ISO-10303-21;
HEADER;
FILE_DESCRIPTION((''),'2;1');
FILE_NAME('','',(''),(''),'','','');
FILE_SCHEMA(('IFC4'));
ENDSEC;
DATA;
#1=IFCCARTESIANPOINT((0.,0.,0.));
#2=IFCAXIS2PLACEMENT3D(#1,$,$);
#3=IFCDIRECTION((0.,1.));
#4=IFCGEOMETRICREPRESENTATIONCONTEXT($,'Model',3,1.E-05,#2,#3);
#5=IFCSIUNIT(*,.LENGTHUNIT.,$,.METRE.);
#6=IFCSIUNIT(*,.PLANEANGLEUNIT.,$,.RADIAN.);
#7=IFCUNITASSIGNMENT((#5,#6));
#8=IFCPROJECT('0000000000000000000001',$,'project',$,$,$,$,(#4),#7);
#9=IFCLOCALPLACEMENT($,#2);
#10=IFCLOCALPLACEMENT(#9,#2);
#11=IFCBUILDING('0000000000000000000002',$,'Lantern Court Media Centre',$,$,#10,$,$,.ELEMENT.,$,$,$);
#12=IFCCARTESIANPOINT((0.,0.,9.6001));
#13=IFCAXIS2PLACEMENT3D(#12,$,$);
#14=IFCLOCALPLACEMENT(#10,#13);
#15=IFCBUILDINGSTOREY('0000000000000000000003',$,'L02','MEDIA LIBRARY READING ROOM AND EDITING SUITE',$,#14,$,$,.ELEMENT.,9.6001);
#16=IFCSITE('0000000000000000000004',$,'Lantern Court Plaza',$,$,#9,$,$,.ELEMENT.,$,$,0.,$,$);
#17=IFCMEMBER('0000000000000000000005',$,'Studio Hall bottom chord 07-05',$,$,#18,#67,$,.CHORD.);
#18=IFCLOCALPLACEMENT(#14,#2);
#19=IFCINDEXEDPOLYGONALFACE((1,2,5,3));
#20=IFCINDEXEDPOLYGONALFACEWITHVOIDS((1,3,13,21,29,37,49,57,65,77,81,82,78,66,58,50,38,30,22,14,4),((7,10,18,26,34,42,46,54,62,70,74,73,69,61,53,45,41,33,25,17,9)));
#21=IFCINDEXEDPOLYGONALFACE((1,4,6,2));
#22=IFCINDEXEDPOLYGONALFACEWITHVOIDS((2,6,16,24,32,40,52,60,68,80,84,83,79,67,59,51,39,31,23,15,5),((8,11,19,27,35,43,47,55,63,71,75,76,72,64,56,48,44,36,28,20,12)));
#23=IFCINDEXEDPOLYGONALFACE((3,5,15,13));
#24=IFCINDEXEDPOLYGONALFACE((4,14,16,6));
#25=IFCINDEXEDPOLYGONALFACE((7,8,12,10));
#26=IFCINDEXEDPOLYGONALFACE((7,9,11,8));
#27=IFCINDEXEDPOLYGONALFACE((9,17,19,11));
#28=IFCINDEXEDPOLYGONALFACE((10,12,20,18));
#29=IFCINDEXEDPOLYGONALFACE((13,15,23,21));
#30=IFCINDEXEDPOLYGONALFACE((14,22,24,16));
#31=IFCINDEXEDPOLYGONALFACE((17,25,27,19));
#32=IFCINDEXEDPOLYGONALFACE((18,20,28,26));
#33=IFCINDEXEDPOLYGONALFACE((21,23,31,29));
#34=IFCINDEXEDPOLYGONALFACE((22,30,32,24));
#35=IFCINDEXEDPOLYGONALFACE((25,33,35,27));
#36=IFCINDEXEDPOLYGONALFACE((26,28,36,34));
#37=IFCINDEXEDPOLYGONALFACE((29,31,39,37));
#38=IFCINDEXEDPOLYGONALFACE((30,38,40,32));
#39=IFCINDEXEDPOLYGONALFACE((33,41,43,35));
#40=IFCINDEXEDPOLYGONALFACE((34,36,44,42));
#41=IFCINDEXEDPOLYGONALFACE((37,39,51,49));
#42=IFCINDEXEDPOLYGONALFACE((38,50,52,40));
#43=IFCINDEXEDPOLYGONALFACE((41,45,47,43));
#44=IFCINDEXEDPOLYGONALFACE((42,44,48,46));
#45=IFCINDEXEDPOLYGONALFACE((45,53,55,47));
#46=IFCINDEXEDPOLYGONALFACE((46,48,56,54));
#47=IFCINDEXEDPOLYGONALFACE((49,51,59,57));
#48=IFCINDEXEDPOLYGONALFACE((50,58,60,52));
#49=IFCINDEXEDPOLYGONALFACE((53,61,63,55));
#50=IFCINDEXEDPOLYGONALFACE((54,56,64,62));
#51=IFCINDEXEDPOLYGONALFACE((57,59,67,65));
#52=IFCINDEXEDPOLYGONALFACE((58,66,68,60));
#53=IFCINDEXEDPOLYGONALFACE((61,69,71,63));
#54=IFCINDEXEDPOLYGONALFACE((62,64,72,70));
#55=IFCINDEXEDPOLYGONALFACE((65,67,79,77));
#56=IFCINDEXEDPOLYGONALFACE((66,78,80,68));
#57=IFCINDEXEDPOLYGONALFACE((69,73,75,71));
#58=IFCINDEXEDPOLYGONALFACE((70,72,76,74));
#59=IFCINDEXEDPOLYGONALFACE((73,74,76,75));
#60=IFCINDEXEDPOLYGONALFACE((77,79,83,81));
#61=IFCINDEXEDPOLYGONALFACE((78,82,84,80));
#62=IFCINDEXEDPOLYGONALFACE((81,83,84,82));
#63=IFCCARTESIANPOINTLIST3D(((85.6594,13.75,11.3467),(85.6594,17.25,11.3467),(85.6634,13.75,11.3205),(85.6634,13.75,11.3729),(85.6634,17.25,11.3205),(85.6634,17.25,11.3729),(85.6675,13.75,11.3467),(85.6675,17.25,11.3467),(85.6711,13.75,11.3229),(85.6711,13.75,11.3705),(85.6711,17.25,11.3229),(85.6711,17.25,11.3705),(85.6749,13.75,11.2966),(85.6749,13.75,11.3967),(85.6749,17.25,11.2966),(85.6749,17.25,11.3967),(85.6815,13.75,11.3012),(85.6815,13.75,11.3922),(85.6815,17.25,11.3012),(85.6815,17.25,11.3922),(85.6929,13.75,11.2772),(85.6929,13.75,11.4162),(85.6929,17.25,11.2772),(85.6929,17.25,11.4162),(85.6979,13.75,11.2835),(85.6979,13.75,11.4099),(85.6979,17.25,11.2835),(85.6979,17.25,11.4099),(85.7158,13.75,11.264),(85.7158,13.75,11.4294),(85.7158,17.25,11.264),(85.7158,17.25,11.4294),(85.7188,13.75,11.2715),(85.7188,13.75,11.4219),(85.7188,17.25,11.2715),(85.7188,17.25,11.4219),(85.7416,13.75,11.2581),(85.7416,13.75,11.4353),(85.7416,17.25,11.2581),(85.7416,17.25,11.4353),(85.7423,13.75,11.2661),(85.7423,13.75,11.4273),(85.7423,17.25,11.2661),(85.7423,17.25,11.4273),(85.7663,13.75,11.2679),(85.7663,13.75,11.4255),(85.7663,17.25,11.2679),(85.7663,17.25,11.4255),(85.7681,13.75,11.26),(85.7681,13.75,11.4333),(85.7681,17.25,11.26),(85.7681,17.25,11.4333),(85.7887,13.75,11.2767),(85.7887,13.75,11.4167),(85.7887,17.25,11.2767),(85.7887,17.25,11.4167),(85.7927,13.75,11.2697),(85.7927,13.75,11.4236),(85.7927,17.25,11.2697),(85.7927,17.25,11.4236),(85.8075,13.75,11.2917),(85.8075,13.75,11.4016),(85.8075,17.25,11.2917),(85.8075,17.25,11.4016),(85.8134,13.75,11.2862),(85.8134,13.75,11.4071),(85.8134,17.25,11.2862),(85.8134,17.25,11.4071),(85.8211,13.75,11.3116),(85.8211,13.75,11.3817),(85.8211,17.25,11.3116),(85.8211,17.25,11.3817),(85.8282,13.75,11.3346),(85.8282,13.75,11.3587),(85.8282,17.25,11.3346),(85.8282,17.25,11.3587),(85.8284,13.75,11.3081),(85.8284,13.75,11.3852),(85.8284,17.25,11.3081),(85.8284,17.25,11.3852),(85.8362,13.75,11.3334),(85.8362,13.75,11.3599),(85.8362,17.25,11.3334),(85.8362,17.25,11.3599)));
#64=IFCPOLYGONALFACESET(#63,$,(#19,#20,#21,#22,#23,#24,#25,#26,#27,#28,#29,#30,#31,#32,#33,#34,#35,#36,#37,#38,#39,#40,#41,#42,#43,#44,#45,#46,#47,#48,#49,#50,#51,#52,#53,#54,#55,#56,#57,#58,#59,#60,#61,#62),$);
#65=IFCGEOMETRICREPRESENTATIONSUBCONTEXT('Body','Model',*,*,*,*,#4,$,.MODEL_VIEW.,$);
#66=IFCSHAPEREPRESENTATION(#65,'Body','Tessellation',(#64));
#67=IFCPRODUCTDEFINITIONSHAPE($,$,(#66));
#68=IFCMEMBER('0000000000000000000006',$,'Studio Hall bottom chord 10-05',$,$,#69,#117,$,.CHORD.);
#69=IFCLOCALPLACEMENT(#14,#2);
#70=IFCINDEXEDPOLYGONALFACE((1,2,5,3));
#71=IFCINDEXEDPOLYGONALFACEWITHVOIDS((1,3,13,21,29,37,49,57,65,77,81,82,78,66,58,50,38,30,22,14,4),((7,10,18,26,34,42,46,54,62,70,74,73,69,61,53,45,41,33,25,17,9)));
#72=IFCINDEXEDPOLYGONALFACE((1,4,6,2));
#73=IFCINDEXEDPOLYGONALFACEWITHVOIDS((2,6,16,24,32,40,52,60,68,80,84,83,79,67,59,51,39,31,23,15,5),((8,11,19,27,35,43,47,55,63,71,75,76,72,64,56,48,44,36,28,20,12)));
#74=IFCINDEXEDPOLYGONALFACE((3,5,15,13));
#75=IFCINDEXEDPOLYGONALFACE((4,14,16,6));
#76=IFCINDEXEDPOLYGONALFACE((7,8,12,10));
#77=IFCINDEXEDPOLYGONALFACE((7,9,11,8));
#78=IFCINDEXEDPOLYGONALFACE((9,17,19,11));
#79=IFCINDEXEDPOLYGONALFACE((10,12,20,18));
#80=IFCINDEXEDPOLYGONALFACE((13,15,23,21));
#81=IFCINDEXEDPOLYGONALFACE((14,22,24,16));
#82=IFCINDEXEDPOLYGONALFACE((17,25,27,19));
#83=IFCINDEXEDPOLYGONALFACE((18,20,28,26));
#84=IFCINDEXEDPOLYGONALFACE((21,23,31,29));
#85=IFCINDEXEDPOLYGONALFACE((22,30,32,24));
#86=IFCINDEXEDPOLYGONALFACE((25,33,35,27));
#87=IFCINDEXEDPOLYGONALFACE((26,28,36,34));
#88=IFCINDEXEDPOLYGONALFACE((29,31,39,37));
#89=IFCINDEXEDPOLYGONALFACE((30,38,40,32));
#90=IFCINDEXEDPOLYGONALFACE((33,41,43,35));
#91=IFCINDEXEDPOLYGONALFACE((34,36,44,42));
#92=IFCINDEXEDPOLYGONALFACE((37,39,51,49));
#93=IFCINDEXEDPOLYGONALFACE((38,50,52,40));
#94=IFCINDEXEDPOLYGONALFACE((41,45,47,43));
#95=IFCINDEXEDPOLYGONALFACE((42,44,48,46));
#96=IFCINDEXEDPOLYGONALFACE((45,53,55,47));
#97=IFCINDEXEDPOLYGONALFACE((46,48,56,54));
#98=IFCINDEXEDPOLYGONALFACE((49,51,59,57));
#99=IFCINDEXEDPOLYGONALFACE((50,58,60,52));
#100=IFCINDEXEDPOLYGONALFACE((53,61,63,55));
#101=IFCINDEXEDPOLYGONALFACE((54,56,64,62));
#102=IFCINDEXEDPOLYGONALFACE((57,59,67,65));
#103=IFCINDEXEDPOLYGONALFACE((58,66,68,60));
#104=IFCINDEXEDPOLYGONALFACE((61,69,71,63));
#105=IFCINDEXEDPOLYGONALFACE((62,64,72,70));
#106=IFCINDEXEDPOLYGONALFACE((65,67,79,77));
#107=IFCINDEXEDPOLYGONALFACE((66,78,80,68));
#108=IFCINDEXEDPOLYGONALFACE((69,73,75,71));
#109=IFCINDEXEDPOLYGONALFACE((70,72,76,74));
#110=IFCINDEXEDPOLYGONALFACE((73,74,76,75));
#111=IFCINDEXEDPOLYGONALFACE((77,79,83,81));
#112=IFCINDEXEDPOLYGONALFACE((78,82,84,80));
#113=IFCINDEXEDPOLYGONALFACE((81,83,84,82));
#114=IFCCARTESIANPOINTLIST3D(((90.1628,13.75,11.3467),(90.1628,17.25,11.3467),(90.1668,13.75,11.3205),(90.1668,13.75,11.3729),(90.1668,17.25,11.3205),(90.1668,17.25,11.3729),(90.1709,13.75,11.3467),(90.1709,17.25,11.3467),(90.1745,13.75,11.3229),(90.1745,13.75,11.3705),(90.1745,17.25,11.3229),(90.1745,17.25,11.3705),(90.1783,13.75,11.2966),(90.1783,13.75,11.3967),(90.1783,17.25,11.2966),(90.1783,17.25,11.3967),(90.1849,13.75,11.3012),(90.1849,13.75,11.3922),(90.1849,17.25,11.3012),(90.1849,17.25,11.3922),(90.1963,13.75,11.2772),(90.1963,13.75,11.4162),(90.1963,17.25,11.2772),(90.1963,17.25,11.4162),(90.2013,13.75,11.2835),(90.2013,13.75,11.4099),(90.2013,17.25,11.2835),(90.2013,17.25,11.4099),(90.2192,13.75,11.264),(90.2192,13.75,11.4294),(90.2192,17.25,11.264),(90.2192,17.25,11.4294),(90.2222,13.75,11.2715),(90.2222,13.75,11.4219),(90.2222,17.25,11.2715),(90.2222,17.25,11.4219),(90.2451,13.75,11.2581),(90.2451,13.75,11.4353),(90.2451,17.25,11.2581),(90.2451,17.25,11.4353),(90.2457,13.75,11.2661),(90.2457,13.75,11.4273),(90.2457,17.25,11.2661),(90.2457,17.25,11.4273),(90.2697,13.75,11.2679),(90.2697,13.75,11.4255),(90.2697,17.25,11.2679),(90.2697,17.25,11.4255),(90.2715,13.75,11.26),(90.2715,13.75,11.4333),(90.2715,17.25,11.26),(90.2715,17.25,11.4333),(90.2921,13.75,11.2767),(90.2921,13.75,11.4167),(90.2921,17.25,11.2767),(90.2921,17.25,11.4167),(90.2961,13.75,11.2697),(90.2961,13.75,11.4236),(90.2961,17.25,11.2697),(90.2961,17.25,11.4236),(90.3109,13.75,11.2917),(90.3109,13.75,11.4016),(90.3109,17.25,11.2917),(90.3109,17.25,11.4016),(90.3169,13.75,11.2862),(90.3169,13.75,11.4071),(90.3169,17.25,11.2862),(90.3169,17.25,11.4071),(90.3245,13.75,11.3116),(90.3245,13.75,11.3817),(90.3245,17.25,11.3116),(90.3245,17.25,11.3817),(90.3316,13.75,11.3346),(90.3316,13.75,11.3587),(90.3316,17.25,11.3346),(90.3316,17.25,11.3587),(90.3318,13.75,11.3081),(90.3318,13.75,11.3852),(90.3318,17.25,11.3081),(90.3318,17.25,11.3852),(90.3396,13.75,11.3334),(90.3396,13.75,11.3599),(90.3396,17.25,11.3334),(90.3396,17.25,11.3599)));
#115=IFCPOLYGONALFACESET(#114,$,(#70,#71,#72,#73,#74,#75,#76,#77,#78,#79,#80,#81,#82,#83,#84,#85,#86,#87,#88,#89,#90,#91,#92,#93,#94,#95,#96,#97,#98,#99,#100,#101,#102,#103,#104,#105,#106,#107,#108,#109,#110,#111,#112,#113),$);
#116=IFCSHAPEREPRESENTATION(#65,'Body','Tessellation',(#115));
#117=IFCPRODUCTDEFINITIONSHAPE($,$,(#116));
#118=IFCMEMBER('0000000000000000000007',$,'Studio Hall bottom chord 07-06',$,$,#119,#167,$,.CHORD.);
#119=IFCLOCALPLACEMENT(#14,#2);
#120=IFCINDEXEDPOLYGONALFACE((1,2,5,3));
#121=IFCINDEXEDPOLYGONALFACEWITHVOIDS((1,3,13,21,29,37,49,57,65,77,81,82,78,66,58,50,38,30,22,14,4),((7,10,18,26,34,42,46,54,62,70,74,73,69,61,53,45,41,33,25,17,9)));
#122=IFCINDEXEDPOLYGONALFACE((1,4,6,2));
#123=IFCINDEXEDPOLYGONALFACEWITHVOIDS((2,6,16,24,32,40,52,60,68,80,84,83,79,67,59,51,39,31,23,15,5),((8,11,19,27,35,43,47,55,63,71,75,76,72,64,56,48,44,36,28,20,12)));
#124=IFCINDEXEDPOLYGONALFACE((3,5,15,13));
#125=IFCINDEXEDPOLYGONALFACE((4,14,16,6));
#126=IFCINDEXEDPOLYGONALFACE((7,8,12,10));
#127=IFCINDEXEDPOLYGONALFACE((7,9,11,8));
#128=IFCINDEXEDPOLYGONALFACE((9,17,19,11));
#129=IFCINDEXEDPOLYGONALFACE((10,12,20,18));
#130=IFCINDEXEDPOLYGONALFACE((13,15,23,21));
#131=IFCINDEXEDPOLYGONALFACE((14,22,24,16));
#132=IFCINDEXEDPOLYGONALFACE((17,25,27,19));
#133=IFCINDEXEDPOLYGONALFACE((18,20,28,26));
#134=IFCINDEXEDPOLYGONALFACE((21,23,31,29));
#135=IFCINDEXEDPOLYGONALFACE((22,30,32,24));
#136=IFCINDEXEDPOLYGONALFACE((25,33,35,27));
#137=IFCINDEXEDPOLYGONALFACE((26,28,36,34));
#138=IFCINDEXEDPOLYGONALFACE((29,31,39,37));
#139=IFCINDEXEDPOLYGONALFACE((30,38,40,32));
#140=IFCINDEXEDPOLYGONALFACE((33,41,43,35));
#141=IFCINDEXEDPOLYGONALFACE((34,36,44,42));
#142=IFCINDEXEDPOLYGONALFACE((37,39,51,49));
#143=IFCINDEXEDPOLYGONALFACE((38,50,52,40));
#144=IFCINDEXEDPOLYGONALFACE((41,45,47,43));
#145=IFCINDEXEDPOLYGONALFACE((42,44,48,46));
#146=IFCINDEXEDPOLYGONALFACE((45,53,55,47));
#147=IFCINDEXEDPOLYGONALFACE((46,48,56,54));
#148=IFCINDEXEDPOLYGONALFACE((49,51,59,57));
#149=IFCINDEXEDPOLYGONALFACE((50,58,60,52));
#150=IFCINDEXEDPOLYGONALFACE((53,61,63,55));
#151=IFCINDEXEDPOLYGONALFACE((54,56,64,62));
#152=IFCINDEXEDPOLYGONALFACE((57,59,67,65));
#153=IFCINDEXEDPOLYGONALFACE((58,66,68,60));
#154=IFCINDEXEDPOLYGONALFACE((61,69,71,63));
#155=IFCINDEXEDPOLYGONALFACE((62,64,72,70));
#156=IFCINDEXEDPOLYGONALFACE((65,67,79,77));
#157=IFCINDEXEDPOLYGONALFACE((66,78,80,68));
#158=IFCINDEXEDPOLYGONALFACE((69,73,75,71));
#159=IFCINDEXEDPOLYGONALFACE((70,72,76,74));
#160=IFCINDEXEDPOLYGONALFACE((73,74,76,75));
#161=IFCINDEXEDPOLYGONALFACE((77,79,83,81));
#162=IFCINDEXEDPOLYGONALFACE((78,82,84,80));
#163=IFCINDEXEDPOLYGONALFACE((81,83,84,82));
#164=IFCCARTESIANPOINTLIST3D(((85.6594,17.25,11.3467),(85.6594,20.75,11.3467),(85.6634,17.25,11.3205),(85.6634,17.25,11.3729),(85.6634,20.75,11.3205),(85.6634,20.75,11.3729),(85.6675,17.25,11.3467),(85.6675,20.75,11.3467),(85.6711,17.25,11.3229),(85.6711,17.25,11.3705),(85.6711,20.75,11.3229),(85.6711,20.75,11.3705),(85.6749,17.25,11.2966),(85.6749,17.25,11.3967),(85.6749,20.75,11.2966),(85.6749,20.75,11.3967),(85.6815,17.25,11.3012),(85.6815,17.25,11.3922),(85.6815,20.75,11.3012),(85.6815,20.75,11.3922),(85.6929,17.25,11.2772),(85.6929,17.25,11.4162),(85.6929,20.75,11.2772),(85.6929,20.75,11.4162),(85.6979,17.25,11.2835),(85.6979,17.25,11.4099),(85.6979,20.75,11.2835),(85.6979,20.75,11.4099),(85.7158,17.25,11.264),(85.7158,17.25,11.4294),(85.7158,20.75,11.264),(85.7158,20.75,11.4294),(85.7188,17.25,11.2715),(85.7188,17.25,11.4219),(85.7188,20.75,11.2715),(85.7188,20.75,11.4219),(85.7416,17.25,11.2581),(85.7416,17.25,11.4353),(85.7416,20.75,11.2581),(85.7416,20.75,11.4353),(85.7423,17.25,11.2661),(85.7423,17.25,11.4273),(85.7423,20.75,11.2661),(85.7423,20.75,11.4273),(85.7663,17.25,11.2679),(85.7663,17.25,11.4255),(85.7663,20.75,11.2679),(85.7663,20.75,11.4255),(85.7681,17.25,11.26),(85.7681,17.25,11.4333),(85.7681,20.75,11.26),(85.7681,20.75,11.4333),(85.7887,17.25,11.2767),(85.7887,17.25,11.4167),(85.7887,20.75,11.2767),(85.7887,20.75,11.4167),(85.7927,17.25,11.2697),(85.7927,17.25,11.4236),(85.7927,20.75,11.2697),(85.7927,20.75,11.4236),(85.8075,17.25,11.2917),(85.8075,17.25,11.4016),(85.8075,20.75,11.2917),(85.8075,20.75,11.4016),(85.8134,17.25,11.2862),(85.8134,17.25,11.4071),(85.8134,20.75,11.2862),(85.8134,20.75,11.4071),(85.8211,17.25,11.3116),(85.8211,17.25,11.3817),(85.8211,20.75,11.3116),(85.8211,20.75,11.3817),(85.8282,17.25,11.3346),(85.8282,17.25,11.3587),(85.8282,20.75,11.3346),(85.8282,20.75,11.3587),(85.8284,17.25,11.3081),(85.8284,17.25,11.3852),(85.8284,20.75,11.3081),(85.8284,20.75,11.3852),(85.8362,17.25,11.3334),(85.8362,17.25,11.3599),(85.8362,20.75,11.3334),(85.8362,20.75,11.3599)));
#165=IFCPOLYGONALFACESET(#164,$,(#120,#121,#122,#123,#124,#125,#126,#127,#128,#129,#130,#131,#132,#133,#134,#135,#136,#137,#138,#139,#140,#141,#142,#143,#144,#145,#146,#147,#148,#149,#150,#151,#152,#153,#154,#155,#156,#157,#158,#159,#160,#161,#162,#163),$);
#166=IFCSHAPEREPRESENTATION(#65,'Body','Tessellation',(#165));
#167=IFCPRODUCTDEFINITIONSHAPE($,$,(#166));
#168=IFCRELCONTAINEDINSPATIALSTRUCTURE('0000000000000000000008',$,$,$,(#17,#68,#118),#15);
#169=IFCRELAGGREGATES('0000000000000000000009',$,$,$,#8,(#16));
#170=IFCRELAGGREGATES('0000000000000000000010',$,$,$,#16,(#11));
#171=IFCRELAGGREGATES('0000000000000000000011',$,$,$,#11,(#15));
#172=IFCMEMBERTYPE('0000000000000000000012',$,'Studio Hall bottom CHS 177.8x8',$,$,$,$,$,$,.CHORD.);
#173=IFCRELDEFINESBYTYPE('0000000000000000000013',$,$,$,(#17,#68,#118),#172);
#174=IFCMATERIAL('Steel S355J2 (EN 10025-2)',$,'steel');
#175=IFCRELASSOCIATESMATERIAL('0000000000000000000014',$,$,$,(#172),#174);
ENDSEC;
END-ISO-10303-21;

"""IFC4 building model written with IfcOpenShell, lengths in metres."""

from ifc_helpers import new_model, si_unit, direction, frame, origin, origin_2d, place, context, subcontext, project, spatial, hollow_circle, extrude, material, material_profile, profile_set, type_object, element, save


model = new_model("IFC4")

# Units and contexts
model_context = context("Model", 3, precision=1e-05, world=origin(), true_north=direction((0.0, 1.0)))
body_context = subcontext(model_context, "Body", "Model", "MODEL_VIEW")
ifc_project = project(units=[si_unit("LENGTHUNIT", "METRE"), si_unit("PLANEANGLEUNIT", "RADIAN")], contexts=[model_context])

# Site, building, storey
site_placement = place(None, origin())
site = spatial("IfcSite", under=ifc_project, at=site_placement, Name="Lantern Court Plaza", CompositionType="ELEMENT", RefElevation=0.0)
building_placement = place(site_placement, origin())
building = spatial("IfcBuilding", under=site, at=building_placement, Name="Lantern Court Media Centre", CompositionType="ELEMENT")
storey_placement = place(building_placement, frame((0.0, 0.0, 9.6001)))
storey = spatial("IfcBuildingStorey", under=building, at=storey_placement, Name="L02", Description="MEDIA LIBRARY READING ROOM AND EDITING SUITE", CompositionType="ELEMENT", Elevation=9.6001)

# Members
ifc_material = material(Name="Steel S355J2 (EN 10025-2)", Category="steel")
ifc_material_profile_1 = material_profile(ifc_material, hollow_circle(Radius=0.0889, WallThickness=0.0081, at=origin_2d()), Name="Studio Hall bottom CHS 177.8x8")
ifc_profile_set_1 = profile_set([ifc_material_profile_1], Name="Steel S355J2 (EN 10025-2)")
member_type_1 = type_object("IfcMemberType", Name="Studio Hall bottom CHS 177.8x8", PredefinedType="CHORD", material=ifc_profile_set_1)
for number, where, z_axis, x_axis, name in (
    (1, (85.7483, 13.75, 11.3467), (0.0, 1.0, 0.0), (-1.0, 0.0, 0.0), "Studio Hall bottom chord 07-05"),
    (2, (90.2517, 13.75, 11.3467), (0.0, 1.0, 0.0), (-1.0, 0.0, 0.0), "Studio Hall bottom chord 10-05"),
    (3, (85.7483, 17.25, 11.3467), (0.0, 1.0, 0.0), (-1.0, 0.0, 0.0), "Studio Hall bottom chord 07-06"),
):
    element("IfcMember", number, at=place(storey_placement, frame(where, z_axis=z_axis, x_axis=x_axis)), inside=storey, type_object=member_type_1, Name=name, PredefinedType="CHORD", context=body_context, shape_type="SweptSolid", body=[
        extrude(hollow_circle(Radius=0.0889, WallThickness=0.0081, at=origin_2d()), origin(), (0.0, 0.0, 1.0), 3.5),
    ])

save(model, "model.ifc")
